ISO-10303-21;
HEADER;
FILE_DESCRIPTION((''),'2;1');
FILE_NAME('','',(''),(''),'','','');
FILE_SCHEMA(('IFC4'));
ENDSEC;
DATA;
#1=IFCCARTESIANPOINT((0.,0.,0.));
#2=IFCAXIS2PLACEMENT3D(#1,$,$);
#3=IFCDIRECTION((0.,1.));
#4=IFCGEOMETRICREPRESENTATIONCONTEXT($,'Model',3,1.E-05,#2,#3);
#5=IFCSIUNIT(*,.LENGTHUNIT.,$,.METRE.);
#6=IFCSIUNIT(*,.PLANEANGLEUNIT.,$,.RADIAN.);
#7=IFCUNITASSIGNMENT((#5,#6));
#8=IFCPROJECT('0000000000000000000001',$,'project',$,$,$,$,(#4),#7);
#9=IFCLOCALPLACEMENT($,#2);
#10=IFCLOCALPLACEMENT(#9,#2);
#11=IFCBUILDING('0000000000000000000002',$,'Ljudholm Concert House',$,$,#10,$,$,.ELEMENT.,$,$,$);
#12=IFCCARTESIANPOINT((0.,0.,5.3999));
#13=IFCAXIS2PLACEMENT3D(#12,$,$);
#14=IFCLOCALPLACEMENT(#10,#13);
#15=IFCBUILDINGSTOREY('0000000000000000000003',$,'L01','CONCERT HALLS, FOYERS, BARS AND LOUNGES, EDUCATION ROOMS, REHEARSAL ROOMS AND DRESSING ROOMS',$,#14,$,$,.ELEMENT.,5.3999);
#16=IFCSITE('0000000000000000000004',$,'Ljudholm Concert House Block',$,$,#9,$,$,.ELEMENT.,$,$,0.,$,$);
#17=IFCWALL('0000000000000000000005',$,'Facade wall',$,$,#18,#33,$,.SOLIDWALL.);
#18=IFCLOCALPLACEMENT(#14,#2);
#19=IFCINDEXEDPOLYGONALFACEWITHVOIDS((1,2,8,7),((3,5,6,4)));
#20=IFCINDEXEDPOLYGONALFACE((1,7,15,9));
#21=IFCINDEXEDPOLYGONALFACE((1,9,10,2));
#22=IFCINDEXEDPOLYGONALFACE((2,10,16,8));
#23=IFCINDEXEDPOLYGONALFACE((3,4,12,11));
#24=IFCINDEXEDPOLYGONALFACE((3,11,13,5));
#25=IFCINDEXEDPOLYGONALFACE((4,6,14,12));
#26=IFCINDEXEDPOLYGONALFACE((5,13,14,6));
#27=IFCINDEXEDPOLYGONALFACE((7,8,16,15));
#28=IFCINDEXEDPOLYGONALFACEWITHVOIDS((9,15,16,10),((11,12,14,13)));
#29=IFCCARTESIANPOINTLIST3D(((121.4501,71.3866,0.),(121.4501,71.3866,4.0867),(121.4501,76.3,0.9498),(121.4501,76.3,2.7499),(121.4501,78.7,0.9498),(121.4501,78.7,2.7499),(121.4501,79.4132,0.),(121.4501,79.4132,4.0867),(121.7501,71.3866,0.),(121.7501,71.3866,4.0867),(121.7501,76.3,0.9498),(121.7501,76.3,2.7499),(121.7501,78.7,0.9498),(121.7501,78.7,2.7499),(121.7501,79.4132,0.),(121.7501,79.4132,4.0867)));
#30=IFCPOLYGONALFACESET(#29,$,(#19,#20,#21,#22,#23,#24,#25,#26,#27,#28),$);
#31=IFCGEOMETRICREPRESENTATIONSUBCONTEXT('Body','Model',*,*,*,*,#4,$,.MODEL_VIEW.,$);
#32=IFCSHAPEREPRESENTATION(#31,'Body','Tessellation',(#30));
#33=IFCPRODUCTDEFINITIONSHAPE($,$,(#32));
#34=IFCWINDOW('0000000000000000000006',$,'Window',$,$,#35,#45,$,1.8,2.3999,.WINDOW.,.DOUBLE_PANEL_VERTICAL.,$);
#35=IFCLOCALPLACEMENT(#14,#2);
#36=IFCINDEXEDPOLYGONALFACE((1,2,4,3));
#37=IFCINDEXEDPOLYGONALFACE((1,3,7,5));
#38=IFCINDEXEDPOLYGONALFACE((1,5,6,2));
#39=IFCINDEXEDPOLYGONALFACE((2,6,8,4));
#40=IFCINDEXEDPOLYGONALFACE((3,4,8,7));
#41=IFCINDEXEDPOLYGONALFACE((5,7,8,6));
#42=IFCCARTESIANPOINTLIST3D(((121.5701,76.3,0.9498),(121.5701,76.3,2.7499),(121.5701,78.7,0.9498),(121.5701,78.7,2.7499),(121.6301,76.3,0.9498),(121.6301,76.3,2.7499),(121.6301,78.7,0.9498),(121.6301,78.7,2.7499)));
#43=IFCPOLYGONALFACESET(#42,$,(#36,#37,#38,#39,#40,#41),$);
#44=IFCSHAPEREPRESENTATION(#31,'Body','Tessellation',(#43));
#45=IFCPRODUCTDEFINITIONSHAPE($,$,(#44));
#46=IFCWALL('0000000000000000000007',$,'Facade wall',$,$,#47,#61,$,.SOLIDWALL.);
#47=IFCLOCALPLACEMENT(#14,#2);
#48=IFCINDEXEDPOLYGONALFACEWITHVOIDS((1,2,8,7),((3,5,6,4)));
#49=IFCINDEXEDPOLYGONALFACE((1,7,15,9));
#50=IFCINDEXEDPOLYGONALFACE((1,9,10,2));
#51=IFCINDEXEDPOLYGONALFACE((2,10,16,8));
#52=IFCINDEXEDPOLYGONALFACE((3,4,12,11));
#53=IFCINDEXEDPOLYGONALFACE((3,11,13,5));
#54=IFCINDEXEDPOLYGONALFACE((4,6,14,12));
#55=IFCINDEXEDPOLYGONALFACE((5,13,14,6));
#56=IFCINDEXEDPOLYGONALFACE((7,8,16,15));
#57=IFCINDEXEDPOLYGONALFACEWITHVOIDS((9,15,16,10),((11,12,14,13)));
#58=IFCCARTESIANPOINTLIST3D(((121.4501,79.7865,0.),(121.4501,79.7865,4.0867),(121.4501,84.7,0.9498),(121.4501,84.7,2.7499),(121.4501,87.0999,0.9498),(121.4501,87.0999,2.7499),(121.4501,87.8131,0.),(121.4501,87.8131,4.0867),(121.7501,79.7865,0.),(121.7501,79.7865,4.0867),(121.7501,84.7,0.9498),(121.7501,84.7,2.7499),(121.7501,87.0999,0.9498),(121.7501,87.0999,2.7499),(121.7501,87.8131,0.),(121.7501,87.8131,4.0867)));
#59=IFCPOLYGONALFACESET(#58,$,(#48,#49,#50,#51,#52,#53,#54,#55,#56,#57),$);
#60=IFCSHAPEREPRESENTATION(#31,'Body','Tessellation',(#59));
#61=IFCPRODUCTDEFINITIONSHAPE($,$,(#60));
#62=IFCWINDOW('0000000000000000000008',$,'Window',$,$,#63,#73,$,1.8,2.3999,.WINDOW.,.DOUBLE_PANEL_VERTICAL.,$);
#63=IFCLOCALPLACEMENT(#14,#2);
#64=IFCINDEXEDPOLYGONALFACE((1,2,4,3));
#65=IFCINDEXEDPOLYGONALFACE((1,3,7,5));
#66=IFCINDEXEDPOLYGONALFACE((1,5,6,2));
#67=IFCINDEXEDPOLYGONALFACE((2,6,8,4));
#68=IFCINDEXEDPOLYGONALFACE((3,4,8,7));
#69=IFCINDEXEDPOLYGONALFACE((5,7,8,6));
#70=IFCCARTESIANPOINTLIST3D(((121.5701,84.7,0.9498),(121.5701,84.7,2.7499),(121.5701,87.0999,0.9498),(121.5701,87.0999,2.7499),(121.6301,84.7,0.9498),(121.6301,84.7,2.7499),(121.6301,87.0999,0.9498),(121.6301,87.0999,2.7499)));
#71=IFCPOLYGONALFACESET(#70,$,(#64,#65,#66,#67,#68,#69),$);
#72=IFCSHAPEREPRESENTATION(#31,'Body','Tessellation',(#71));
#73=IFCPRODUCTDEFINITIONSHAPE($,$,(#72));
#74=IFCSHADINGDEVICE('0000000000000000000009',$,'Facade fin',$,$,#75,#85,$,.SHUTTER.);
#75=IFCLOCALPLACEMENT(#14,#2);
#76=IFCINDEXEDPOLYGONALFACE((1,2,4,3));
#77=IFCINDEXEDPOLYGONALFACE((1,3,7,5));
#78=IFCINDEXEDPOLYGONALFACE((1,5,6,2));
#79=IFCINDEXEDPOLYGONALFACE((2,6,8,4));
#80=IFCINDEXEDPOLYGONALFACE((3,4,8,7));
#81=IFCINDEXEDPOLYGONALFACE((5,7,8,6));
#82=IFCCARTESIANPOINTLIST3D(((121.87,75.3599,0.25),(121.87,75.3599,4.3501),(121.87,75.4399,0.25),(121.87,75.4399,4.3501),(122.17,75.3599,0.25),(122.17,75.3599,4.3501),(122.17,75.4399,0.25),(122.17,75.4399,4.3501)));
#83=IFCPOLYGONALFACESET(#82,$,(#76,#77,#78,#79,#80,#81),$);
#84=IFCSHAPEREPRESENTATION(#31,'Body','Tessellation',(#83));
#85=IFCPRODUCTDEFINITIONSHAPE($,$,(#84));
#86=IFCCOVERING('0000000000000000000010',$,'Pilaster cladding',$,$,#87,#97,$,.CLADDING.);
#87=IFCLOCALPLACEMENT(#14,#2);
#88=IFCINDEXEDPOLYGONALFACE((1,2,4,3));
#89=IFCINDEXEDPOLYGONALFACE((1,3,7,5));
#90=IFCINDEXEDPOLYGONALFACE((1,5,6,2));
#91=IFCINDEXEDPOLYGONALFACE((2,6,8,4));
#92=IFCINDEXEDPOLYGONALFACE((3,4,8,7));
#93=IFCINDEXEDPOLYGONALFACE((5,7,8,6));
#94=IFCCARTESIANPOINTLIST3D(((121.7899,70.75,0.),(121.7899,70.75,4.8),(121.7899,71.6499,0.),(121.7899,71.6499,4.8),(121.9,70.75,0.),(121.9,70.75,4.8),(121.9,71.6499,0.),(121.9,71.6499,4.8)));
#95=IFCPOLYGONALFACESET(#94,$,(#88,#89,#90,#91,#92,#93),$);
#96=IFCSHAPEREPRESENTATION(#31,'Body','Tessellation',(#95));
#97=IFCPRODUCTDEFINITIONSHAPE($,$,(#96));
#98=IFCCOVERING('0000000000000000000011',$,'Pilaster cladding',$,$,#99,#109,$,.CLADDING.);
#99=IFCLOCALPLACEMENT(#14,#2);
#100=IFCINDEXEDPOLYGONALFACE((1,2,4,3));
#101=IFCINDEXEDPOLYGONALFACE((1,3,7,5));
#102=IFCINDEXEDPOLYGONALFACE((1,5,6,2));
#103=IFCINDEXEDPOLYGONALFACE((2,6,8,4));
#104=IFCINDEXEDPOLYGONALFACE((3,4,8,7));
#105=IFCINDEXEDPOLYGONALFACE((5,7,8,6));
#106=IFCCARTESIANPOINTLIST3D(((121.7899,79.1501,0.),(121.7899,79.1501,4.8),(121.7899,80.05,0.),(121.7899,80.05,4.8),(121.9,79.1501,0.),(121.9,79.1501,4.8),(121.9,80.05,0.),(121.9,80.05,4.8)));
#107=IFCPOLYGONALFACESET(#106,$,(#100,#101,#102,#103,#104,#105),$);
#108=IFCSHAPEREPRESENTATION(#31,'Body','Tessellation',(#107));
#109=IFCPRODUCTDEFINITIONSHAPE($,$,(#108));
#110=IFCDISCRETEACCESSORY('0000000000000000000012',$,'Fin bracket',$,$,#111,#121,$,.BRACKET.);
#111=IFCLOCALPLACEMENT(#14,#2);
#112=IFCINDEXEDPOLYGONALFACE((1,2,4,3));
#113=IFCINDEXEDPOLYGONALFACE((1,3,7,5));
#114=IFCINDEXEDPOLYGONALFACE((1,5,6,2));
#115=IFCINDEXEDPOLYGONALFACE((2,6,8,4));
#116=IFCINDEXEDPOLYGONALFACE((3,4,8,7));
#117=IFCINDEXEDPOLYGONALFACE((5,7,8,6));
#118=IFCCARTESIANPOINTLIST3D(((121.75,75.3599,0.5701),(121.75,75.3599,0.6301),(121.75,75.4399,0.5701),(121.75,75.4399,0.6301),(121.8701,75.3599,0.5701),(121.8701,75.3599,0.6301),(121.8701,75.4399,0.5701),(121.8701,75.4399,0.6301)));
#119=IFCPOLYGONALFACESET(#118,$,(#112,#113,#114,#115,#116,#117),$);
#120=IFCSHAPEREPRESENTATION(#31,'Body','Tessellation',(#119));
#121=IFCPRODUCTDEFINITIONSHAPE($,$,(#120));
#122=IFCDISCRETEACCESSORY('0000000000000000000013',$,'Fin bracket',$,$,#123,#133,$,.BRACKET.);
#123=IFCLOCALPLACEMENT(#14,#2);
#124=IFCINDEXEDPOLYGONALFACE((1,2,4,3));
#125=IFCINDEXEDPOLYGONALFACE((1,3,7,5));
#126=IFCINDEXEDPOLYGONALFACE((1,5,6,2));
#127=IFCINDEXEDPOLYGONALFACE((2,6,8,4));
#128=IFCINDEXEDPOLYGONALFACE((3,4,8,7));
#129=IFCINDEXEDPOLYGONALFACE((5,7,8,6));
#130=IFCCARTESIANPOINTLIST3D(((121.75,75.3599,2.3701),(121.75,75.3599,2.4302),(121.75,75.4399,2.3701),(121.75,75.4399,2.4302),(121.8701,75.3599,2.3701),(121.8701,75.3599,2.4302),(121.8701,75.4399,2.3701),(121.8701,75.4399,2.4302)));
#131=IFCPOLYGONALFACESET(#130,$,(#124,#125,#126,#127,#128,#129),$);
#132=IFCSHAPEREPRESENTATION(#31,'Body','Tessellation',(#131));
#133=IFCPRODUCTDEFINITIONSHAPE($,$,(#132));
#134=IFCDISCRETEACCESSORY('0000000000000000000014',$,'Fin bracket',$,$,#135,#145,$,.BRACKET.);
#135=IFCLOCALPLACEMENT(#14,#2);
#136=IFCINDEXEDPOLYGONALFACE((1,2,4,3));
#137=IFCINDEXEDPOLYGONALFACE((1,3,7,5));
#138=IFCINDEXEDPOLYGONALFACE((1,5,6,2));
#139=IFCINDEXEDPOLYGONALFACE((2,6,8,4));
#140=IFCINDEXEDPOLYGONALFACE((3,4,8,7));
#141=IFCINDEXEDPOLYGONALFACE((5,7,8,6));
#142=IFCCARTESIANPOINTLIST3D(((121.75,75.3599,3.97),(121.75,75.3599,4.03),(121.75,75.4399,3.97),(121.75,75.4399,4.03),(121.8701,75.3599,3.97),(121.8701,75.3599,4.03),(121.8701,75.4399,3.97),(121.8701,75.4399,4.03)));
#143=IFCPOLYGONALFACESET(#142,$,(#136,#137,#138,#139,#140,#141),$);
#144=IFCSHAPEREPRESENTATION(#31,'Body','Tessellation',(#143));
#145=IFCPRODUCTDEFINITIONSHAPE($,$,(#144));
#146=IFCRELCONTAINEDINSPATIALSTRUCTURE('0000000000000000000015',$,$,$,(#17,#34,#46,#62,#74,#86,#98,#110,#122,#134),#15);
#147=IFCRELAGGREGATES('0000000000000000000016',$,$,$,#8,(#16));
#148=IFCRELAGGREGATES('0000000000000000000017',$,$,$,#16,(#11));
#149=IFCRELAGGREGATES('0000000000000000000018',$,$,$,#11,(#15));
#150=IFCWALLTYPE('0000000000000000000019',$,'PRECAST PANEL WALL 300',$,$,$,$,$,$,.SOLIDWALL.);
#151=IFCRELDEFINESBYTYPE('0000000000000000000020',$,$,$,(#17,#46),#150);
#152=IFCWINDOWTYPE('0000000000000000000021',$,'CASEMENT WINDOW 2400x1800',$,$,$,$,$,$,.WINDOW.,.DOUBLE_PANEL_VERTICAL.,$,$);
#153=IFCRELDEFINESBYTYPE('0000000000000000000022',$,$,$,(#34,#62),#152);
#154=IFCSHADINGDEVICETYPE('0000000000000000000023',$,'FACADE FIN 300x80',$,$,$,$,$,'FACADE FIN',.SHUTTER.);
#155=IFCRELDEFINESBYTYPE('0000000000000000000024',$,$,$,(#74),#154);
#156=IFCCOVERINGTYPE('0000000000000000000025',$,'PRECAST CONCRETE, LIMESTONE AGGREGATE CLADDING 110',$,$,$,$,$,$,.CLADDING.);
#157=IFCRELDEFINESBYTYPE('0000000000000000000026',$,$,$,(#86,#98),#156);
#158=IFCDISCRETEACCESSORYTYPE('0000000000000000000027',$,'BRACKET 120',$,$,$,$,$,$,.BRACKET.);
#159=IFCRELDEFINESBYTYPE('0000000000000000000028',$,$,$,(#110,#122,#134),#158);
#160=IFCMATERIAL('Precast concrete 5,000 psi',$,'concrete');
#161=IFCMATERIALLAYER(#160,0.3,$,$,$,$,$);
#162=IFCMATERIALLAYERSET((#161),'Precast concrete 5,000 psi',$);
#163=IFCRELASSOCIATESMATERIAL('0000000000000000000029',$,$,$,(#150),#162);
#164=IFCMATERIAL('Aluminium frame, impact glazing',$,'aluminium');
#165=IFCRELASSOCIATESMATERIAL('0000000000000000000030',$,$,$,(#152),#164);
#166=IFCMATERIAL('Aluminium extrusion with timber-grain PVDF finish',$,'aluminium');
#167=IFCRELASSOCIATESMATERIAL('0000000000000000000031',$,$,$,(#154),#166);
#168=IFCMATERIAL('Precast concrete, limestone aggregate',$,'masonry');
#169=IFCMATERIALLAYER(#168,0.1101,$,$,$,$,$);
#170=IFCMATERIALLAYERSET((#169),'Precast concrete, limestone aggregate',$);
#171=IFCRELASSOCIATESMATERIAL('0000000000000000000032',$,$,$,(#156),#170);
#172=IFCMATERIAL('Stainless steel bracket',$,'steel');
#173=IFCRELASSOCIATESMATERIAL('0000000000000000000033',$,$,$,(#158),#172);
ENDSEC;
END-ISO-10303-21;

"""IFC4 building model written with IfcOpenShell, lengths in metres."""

from ifc_helpers import new_model, si_unit, direction, frame, frame_2d, origin, origin_2d, place, context, subcontext, project, spatial, rectangle, extrude, material, layer, layer_set, type_object, element, fill, save


model = new_model("IFC4")

# Units and contexts
model_context = context("Model", 3, precision=1e-05, world=origin(), true_north=direction((0.0, 1.0)))
body_context = subcontext(model_context, "Body", "Model", "MODEL_VIEW")
ifc_project = project(units=[si_unit("LENGTHUNIT", "METRE"), si_unit("PLANEANGLEUNIT", "RADIAN")], contexts=[model_context])

# Site, building, storey
site_placement = place(None, origin())
site = spatial("IfcSite", under=ifc_project, at=site_placement, Name="Ljudholm Concert House Block", CompositionType="ELEMENT", RefElevation=0.0)
building_placement = place(site_placement, origin())
building = spatial("IfcBuilding", under=site, at=building_placement, Name="Ljudholm Concert House", CompositionType="ELEMENT")
storey_placement = place(building_placement, frame((0.0, 0.0, 5.3999)))
storey = spatial("IfcBuildingStorey", under=building, at=storey_placement, Name="L01", Description="CONCERT HALLS, FOYERS, BARS AND LOUNGES, EDUCATION ROOMS, REHEARSAL ROOMS AND DRESSING ROOMS", CompositionType="ELEMENT", Elevation=5.3999)

# Walls, openings, windows
ifc_material_1 = material(Name="Precast concrete 5,000 psi", Category="concrete")
ifc_layer_1 = layer(ifc_material_1, 0.3)
ifc_layer_set_1 = layer_set([ifc_layer_1], Name="Precast concrete 5,000 psi")
wall_type_1 = type_object("IfcWallType", Name="PRECAST PANEL WALL 300", PredefinedType="SOLIDWALL", material=ifc_layer_set_1)
ifc_material_2 = material(Name="Aluminium frame, impact glazing", Category="aluminium")
window_type = type_object("IfcWindowType", Name="CASEMENT WINDOW 2400x1800", PartitioningType="DOUBLE_PANEL_VERTICAL", PredefinedType="WINDOW", material=ifc_material_2)
wall_1_placement = place(storey_placement, frame((121.6001, 71.3867, 0.0), z_axis=(0.0, 0.0, 1.0), x_axis=(0.0, 1.0, 0.0)))
wall_1 = element("IfcWall", 1, at=wall_1_placement, inside=storey, type_object=wall_type_1, Name="Facade wall", PredefinedType="SOLIDWALL", context=body_context, shape_type="SweptSolid", body=[
    extrude(rectangle(XDim=8.0266, YDim=0.3, at=frame_2d((4.0132, 0.0))), origin(), (0.0, 0.0, 1.0), 4.0867),
])
opening_1_placement = place(wall_1_placement, frame((4.9133, 0.0, 0.95)))
opening_1 = element("IfcOpeningElement", 2, at=opening_1_placement, cuts=wall_1, PredefinedType="OPENING", context=body_context, shape_type="SweptSolid", body=[
    extrude(rectangle(XDim=2.3999, YDim=1.8, at=frame_2d((1.2, 0.8999))), frame((0.0, 0.1599, 0.0), z_axis=(0.0, -1.0, 0.0), x_axis=(1.0, 0.0, 0.0)), (0.0, 0.0, 1.0), 0.3201),
])
window_1_placement = place(opening_1_placement, origin())
window_1 = element("IfcWindow", 3, at=window_1_placement, inside=storey, type_object=window_type, Name="Window", OverallHeight=1.8, OverallWidth=2.3999, PartitioningType="DOUBLE_PANEL_VERTICAL", PredefinedType="WINDOW", context=body_context, shape_type="SweptSolid", body=[
    extrude(rectangle(XDim=2.3999, YDim=1.8, at=frame_2d((1.2, 0.8999))), frame((0.0, 0.03, 0.0), z_axis=(0.0, -1.0, 0.0), x_axis=(1.0, 0.0, 0.0)), (0.0, 0.0, 1.0), 0.0601),
])
fill(opening_1, window_1)
wall_2_placement = place(storey_placement, frame((121.6001, 79.7866, 0.0), z_axis=(0.0, 0.0, 1.0), x_axis=(0.0, 1.0, 0.0)))
wall_2 = element("IfcWall", 4, at=wall_2_placement, inside=storey, type_object=wall_type_1, Name="Facade wall", PredefinedType="SOLIDWALL", context=body_context, shape_type="SweptSolid", body=[
    extrude(rectangle(XDim=8.0266, YDim=0.3, at=frame_2d((4.0132, 0.0))), origin(), (0.0, 0.0, 1.0), 4.0867),
])
opening_2_placement = place(wall_2_placement, frame((4.9133, 0.0, 0.95)))
opening_2 = element("IfcOpeningElement", 5, at=opening_2_placement, cuts=wall_2, PredefinedType="OPENING", context=body_context, shape_type="SweptSolid", body=[
    extrude(rectangle(XDim=2.3999, YDim=1.8, at=frame_2d((1.2, 0.8999))), frame((0.0, 0.1599, 0.0), z_axis=(0.0, -1.0, 0.0), x_axis=(1.0, 0.0, 0.0)), (0.0, 0.0, 1.0), 0.3201),
])
window_2_placement = place(opening_2_placement, origin())
window_2 = element("IfcWindow", 6, at=window_2_placement, inside=storey, type_object=window_type, Name="Window", OverallHeight=1.8, OverallWidth=2.3999, PartitioningType="DOUBLE_PANEL_VERTICAL", PredefinedType="WINDOW", context=body_context, shape_type="SweptSolid", body=[
    extrude(rectangle(XDim=2.3999, YDim=1.8, at=frame_2d((1.2, 0.8999))), frame((0.0, 0.03, 0.0), z_axis=(0.0, -1.0, 0.0), x_axis=(1.0, 0.0, 0.0)), (0.0, 0.0, 1.0), 0.0601),
])
fill(opening_2, window_2)

# Shading device
ifc_material_3 = material(Name="Aluminium extrusion with timber-grain PVDF finish", Category="aluminium")
shading_device_type = type_object("IfcShadingDeviceType", Name="FACADE FIN 300x80", ElementType="FACADE FIN", PredefinedType="SHUTTER", material=ifc_material_3)
shading_device_placement = place(storey_placement, frame((122.02, 75.3999, 0.25), z_axis=(0.0, 0.0, 1.0), x_axis=(1.0, 0.0, 0.0)))
element("IfcShadingDevice", 7, at=shading_device_placement, inside=storey, type_object=shading_device_type, Name="Facade fin", PredefinedType="SHUTTER", context=body_context, shape_type="SweptSolid", body=[
    extrude(rectangle(XDim=0.3, YDim=0.0801, at=origin_2d()), origin(), (0.0, 0.0, 1.0), 4.1001),
])

# Coverings
ifc_material_4 = material(Name="Precast concrete, limestone aggregate", Category="masonry")
ifc_layer_2 = layer(ifc_material_4, 0.1101)
ifc_layer_set_2 = layer_set([ifc_layer_2], Name="Precast concrete, limestone aggregate")
covering_type = type_object("IfcCoveringType", Name="PRECAST CONCRETE, LIMESTONE AGGREGATE CLADDING 110", PredefinedType="CLADDING", material=ifc_layer_set_2)
for number, where, z_axis, x_axis, name in (
    (8, (121.845, 71.2, 0.0), (0.0, 0.0, 1.0), (1.0, 0.0, 0.0), "Pilaster cladding"),
    (9, (121.845, 79.6001, 0.0), (0.0, 0.0, 1.0), (1.0, 0.0, 0.0), "Pilaster cladding"),
):
    element("IfcCovering", number, at=place(storey_placement, frame(where, z_axis=z_axis, x_axis=x_axis)), inside=storey, type_object=covering_type, Name=name, PredefinedType="CLADDING", context=body_context, shape_type="SweptSolid", body=[
        extrude(rectangle(XDim=0.1101, YDim=0.8999, at=origin_2d()), origin(), (0.0, 0.0, 1.0), 4.8),
    ])

# Discrete accessories
ifc_material_5 = material(Name="Stainless steel bracket", Category="steel")
discrete_accessory_type = type_object("IfcDiscreteAccessoryType", Name="BRACKET 120", PredefinedType="BRACKET", material=ifc_material_5)
for number, where, z_axis, x_axis, name in (
    (10, (121.8101, 75.3999, 0.5701), (0.0, 0.0, 1.0), (1.0, 0.0, 0.0), "Fin bracket"),
    (11, (121.8101, 75.3999, 2.3701), (0.0, 0.0, 1.0), (1.0, 0.0, 0.0), "Fin bracket"),
    (12, (121.8101, 75.3999, 3.97), (0.0, 0.0, 1.0), (1.0, 0.0, 0.0), "Fin bracket"),
):
    element("IfcDiscreteAccessory", number, at=place(storey_placement, frame(where, z_axis=z_axis, x_axis=x_axis)), inside=storey, type_object=discrete_accessory_type, Name=name, PredefinedType="BRACKET", context=body_context, shape_type="SweptSolid", body=[
        extrude(rectangle(XDim=0.1201, YDim=0.0801, at=origin_2d()), origin(), (0.0, 0.0, 1.0), 0.0601),
    ])

save(model, "model.ifc")
